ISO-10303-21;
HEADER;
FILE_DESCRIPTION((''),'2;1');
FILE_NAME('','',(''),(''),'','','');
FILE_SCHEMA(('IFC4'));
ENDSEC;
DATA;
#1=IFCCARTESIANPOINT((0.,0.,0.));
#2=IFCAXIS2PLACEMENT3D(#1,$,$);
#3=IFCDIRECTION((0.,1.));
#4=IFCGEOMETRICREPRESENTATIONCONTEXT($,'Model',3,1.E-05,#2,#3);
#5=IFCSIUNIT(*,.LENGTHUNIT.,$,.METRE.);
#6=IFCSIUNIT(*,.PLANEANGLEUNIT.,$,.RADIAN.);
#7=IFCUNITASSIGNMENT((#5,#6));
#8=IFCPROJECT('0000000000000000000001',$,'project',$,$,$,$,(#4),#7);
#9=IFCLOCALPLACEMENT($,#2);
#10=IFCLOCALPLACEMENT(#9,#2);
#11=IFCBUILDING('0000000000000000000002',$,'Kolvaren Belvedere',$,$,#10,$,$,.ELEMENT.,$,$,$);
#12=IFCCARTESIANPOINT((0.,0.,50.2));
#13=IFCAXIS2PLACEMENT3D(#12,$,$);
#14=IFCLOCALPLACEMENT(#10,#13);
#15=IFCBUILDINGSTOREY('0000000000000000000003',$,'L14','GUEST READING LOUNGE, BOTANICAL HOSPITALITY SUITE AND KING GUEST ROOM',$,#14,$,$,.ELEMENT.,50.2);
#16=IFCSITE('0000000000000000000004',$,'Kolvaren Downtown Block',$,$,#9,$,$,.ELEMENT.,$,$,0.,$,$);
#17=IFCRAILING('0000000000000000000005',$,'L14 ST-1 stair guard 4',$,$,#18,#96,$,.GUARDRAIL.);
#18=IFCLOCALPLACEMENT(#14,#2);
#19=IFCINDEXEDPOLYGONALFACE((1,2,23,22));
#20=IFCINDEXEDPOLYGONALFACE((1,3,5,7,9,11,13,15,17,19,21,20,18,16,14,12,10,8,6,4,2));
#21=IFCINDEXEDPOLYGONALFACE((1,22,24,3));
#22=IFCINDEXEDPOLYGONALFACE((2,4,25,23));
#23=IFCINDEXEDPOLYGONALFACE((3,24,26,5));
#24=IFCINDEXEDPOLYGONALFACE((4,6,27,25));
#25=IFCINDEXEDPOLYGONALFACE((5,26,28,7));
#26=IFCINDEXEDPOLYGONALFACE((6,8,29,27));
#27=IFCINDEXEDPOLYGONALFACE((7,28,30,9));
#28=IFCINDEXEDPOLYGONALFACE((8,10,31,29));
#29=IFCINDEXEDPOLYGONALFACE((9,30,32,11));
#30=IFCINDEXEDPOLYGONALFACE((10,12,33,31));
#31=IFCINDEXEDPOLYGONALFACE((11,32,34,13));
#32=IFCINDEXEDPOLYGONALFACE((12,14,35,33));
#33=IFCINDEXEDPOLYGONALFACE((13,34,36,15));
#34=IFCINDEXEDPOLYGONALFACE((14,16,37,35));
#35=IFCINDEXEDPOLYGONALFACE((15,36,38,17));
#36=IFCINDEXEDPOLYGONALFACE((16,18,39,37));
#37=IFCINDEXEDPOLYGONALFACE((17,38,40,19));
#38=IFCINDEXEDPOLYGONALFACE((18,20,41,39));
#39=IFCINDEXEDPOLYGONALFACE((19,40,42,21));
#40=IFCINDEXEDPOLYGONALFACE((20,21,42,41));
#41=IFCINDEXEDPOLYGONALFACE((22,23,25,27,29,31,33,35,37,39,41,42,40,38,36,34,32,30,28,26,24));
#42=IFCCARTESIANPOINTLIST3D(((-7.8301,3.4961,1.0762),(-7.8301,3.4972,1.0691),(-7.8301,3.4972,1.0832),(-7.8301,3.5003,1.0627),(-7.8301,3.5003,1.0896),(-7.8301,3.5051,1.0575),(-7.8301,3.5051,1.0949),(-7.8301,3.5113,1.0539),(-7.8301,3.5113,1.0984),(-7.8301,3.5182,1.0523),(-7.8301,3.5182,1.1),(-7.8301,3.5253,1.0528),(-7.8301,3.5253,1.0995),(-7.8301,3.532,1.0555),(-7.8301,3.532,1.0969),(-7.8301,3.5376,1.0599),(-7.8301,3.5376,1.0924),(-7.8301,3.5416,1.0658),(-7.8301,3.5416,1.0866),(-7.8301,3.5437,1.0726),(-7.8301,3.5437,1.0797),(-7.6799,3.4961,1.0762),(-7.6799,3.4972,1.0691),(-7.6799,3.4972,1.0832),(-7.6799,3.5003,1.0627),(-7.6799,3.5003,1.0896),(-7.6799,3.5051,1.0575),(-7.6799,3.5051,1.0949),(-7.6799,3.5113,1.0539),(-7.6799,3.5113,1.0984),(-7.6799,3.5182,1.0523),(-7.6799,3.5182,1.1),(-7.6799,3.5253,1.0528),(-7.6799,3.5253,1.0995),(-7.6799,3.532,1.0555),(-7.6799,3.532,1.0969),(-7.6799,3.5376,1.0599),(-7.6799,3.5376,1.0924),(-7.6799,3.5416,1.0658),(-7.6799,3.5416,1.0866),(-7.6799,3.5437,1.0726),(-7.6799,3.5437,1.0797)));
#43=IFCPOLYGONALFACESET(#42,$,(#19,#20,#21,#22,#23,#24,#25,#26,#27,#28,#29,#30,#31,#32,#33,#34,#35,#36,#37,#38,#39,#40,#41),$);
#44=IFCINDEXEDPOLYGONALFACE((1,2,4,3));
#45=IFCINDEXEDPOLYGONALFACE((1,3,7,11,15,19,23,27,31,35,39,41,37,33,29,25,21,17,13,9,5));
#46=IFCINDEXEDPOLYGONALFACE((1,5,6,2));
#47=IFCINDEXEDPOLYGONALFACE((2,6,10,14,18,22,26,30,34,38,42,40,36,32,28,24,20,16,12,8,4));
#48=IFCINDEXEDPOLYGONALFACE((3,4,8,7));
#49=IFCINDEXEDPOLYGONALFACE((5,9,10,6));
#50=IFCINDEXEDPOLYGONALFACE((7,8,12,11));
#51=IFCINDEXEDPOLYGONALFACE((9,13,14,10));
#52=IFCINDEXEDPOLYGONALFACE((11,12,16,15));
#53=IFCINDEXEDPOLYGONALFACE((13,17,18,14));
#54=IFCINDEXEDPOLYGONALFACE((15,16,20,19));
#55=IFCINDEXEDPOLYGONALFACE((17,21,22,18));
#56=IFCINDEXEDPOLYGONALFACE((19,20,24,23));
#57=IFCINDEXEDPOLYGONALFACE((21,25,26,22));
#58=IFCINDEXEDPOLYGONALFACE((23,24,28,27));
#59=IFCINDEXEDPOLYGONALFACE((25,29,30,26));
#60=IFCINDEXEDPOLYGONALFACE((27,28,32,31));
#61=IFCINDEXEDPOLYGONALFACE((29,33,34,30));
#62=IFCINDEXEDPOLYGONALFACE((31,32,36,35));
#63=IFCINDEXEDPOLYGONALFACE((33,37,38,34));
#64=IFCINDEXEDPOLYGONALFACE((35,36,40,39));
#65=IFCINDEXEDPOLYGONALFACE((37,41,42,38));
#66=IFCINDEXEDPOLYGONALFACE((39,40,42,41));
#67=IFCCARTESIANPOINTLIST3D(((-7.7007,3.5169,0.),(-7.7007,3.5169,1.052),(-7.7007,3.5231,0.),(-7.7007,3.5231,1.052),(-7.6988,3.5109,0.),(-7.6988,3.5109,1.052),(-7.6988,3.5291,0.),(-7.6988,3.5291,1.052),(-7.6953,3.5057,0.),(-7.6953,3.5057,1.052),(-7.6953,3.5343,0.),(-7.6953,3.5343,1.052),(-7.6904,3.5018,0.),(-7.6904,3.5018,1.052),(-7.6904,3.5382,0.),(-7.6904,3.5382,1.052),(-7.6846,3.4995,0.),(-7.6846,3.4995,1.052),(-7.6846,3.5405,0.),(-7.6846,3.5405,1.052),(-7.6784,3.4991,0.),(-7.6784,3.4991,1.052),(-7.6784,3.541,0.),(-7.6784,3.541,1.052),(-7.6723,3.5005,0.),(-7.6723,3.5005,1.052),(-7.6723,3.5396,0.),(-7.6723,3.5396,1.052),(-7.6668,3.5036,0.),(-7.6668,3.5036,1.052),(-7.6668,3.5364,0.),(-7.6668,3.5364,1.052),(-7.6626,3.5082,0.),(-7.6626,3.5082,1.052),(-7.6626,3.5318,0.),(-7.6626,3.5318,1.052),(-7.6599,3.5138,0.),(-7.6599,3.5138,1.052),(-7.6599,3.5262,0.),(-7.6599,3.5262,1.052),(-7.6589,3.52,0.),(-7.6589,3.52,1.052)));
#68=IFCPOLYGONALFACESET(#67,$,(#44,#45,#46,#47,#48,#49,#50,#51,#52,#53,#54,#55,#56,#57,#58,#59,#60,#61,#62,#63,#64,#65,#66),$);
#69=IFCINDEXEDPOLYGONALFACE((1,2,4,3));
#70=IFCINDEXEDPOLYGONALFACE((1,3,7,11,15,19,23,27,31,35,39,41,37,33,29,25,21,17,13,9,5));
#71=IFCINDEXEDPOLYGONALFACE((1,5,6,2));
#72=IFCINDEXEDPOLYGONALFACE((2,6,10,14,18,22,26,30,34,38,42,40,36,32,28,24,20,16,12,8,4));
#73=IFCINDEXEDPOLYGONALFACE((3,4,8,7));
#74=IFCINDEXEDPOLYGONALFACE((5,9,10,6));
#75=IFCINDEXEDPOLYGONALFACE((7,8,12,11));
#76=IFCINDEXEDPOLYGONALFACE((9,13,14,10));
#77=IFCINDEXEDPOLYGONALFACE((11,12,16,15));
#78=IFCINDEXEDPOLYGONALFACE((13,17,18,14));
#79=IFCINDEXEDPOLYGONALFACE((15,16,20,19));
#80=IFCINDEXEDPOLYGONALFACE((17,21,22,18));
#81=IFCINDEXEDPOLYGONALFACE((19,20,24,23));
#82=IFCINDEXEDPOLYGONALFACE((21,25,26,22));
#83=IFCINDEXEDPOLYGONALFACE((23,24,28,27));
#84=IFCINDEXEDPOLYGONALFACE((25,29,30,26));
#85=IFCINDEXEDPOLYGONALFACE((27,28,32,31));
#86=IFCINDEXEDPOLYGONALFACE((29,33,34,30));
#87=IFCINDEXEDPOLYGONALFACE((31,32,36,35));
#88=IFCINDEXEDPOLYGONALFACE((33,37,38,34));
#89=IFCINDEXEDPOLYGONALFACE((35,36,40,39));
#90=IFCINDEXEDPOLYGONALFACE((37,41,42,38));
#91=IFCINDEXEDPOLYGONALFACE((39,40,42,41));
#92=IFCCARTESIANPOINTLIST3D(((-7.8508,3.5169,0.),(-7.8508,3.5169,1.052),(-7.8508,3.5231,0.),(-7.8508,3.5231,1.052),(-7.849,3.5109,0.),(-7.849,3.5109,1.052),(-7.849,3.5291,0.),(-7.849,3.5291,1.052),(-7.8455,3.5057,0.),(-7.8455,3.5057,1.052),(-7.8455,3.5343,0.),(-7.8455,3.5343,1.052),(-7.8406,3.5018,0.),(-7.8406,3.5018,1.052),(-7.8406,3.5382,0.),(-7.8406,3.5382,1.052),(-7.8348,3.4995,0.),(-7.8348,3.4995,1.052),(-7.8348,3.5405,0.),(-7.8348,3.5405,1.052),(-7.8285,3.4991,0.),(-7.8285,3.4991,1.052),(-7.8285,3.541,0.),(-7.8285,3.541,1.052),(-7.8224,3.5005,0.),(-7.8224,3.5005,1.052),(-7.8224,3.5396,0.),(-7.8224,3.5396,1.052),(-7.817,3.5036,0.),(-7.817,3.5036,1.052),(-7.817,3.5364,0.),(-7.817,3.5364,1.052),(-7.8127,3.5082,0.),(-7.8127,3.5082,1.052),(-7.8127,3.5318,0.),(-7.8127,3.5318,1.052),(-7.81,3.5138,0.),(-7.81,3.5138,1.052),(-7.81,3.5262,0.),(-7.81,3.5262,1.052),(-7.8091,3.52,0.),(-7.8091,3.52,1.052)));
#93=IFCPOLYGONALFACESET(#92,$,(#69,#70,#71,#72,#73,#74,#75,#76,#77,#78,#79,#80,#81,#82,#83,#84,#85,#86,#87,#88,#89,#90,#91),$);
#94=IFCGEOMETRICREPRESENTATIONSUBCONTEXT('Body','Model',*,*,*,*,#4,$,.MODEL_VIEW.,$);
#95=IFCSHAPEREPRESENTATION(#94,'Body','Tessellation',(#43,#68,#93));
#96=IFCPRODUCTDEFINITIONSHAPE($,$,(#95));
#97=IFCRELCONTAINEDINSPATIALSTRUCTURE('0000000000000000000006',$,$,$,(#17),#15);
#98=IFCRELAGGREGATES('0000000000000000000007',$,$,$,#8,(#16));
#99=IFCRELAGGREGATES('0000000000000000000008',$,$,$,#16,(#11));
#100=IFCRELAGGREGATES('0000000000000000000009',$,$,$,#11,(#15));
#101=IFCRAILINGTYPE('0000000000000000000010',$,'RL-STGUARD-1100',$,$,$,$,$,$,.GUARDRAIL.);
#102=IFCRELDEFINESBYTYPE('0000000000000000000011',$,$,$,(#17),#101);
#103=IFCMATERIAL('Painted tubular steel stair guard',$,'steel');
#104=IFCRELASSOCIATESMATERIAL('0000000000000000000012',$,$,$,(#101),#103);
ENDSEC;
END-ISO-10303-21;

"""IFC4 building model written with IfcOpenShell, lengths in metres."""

from ifc_helpers import new_model, si_unit, direction, frame, origin, origin_2d, place, context, subcontext, project, spatial, circle, extrude, material, type_object, element, save


model = new_model("IFC4")

# Units and contexts
model_context = context("Model", 3, precision=1e-05, world=origin(), true_north=direction((0.0, 1.0)))
body_context = subcontext(model_context, "Body", "Model", "MODEL_VIEW")
ifc_project = project(units=[si_unit("LENGTHUNIT", "METRE"), si_unit("PLANEANGLEUNIT", "RADIAN")], contexts=[model_context])

# Site, building, storey
site_placement = place(None, origin())
site = spatial("IfcSite", under=ifc_project, at=site_placement, Name="Kolvaren Downtown Block", CompositionType="ELEMENT", RefElevation=0.0)
building_placement = place(site_placement, origin())
building = spatial("IfcBuilding", under=site, at=building_placement, Name="Kolvaren Belvedere", CompositionType="ELEMENT")
storey_placement = place(building_placement, frame((0.0, 0.0, 50.2)))
storey = spatial("IfcBuildingStorey", under=building, at=storey_placement, Name="L14", Description="GUEST READING LOUNGE, BOTANICAL HOSPITALITY SUITE AND KING GUEST ROOM", CompositionType="ELEMENT", Elevation=50.2)

# Railing
ifc_material_1 = material(Name="Painted tubular steel stair guard", Category="steel")
railing_type_1 = type_object("IfcRailingType", Name="RL-STGUARD-1100", PredefinedType="GUARDRAIL", material=ifc_material_1)
railing_1_placement = place(storey_placement, frame((-7.6799, 3.52, 0.0)))
element("IfcRailing", 1, at=railing_1_placement, inside=storey, type_object=railing_type_1, Name="L14 ST-1 stair guard 4", PredefinedType="GUARDRAIL", context=body_context, shape_type="SweptSolid", body=[
    extrude(circle(Radius=0.0239, at=origin_2d()), frame((0.0, 0.0, 1.0762), z_axis=(-1.0, 0.0, 0.0), x_axis=(0.0, -1.0, 0.0)), (0.0, 0.0, 1.0), 0.1501),
    extrude(circle(Radius=0.021, at=origin_2d()), origin(), (0.0, 0.0, 1.0), 1.052),
    extrude(circle(Radius=0.021, at=origin_2d()), frame((-0.1501, 0.0, 0.0)), (0.0, 0.0, 1.0), 1.052),
])

save(model, "model.ifc")
